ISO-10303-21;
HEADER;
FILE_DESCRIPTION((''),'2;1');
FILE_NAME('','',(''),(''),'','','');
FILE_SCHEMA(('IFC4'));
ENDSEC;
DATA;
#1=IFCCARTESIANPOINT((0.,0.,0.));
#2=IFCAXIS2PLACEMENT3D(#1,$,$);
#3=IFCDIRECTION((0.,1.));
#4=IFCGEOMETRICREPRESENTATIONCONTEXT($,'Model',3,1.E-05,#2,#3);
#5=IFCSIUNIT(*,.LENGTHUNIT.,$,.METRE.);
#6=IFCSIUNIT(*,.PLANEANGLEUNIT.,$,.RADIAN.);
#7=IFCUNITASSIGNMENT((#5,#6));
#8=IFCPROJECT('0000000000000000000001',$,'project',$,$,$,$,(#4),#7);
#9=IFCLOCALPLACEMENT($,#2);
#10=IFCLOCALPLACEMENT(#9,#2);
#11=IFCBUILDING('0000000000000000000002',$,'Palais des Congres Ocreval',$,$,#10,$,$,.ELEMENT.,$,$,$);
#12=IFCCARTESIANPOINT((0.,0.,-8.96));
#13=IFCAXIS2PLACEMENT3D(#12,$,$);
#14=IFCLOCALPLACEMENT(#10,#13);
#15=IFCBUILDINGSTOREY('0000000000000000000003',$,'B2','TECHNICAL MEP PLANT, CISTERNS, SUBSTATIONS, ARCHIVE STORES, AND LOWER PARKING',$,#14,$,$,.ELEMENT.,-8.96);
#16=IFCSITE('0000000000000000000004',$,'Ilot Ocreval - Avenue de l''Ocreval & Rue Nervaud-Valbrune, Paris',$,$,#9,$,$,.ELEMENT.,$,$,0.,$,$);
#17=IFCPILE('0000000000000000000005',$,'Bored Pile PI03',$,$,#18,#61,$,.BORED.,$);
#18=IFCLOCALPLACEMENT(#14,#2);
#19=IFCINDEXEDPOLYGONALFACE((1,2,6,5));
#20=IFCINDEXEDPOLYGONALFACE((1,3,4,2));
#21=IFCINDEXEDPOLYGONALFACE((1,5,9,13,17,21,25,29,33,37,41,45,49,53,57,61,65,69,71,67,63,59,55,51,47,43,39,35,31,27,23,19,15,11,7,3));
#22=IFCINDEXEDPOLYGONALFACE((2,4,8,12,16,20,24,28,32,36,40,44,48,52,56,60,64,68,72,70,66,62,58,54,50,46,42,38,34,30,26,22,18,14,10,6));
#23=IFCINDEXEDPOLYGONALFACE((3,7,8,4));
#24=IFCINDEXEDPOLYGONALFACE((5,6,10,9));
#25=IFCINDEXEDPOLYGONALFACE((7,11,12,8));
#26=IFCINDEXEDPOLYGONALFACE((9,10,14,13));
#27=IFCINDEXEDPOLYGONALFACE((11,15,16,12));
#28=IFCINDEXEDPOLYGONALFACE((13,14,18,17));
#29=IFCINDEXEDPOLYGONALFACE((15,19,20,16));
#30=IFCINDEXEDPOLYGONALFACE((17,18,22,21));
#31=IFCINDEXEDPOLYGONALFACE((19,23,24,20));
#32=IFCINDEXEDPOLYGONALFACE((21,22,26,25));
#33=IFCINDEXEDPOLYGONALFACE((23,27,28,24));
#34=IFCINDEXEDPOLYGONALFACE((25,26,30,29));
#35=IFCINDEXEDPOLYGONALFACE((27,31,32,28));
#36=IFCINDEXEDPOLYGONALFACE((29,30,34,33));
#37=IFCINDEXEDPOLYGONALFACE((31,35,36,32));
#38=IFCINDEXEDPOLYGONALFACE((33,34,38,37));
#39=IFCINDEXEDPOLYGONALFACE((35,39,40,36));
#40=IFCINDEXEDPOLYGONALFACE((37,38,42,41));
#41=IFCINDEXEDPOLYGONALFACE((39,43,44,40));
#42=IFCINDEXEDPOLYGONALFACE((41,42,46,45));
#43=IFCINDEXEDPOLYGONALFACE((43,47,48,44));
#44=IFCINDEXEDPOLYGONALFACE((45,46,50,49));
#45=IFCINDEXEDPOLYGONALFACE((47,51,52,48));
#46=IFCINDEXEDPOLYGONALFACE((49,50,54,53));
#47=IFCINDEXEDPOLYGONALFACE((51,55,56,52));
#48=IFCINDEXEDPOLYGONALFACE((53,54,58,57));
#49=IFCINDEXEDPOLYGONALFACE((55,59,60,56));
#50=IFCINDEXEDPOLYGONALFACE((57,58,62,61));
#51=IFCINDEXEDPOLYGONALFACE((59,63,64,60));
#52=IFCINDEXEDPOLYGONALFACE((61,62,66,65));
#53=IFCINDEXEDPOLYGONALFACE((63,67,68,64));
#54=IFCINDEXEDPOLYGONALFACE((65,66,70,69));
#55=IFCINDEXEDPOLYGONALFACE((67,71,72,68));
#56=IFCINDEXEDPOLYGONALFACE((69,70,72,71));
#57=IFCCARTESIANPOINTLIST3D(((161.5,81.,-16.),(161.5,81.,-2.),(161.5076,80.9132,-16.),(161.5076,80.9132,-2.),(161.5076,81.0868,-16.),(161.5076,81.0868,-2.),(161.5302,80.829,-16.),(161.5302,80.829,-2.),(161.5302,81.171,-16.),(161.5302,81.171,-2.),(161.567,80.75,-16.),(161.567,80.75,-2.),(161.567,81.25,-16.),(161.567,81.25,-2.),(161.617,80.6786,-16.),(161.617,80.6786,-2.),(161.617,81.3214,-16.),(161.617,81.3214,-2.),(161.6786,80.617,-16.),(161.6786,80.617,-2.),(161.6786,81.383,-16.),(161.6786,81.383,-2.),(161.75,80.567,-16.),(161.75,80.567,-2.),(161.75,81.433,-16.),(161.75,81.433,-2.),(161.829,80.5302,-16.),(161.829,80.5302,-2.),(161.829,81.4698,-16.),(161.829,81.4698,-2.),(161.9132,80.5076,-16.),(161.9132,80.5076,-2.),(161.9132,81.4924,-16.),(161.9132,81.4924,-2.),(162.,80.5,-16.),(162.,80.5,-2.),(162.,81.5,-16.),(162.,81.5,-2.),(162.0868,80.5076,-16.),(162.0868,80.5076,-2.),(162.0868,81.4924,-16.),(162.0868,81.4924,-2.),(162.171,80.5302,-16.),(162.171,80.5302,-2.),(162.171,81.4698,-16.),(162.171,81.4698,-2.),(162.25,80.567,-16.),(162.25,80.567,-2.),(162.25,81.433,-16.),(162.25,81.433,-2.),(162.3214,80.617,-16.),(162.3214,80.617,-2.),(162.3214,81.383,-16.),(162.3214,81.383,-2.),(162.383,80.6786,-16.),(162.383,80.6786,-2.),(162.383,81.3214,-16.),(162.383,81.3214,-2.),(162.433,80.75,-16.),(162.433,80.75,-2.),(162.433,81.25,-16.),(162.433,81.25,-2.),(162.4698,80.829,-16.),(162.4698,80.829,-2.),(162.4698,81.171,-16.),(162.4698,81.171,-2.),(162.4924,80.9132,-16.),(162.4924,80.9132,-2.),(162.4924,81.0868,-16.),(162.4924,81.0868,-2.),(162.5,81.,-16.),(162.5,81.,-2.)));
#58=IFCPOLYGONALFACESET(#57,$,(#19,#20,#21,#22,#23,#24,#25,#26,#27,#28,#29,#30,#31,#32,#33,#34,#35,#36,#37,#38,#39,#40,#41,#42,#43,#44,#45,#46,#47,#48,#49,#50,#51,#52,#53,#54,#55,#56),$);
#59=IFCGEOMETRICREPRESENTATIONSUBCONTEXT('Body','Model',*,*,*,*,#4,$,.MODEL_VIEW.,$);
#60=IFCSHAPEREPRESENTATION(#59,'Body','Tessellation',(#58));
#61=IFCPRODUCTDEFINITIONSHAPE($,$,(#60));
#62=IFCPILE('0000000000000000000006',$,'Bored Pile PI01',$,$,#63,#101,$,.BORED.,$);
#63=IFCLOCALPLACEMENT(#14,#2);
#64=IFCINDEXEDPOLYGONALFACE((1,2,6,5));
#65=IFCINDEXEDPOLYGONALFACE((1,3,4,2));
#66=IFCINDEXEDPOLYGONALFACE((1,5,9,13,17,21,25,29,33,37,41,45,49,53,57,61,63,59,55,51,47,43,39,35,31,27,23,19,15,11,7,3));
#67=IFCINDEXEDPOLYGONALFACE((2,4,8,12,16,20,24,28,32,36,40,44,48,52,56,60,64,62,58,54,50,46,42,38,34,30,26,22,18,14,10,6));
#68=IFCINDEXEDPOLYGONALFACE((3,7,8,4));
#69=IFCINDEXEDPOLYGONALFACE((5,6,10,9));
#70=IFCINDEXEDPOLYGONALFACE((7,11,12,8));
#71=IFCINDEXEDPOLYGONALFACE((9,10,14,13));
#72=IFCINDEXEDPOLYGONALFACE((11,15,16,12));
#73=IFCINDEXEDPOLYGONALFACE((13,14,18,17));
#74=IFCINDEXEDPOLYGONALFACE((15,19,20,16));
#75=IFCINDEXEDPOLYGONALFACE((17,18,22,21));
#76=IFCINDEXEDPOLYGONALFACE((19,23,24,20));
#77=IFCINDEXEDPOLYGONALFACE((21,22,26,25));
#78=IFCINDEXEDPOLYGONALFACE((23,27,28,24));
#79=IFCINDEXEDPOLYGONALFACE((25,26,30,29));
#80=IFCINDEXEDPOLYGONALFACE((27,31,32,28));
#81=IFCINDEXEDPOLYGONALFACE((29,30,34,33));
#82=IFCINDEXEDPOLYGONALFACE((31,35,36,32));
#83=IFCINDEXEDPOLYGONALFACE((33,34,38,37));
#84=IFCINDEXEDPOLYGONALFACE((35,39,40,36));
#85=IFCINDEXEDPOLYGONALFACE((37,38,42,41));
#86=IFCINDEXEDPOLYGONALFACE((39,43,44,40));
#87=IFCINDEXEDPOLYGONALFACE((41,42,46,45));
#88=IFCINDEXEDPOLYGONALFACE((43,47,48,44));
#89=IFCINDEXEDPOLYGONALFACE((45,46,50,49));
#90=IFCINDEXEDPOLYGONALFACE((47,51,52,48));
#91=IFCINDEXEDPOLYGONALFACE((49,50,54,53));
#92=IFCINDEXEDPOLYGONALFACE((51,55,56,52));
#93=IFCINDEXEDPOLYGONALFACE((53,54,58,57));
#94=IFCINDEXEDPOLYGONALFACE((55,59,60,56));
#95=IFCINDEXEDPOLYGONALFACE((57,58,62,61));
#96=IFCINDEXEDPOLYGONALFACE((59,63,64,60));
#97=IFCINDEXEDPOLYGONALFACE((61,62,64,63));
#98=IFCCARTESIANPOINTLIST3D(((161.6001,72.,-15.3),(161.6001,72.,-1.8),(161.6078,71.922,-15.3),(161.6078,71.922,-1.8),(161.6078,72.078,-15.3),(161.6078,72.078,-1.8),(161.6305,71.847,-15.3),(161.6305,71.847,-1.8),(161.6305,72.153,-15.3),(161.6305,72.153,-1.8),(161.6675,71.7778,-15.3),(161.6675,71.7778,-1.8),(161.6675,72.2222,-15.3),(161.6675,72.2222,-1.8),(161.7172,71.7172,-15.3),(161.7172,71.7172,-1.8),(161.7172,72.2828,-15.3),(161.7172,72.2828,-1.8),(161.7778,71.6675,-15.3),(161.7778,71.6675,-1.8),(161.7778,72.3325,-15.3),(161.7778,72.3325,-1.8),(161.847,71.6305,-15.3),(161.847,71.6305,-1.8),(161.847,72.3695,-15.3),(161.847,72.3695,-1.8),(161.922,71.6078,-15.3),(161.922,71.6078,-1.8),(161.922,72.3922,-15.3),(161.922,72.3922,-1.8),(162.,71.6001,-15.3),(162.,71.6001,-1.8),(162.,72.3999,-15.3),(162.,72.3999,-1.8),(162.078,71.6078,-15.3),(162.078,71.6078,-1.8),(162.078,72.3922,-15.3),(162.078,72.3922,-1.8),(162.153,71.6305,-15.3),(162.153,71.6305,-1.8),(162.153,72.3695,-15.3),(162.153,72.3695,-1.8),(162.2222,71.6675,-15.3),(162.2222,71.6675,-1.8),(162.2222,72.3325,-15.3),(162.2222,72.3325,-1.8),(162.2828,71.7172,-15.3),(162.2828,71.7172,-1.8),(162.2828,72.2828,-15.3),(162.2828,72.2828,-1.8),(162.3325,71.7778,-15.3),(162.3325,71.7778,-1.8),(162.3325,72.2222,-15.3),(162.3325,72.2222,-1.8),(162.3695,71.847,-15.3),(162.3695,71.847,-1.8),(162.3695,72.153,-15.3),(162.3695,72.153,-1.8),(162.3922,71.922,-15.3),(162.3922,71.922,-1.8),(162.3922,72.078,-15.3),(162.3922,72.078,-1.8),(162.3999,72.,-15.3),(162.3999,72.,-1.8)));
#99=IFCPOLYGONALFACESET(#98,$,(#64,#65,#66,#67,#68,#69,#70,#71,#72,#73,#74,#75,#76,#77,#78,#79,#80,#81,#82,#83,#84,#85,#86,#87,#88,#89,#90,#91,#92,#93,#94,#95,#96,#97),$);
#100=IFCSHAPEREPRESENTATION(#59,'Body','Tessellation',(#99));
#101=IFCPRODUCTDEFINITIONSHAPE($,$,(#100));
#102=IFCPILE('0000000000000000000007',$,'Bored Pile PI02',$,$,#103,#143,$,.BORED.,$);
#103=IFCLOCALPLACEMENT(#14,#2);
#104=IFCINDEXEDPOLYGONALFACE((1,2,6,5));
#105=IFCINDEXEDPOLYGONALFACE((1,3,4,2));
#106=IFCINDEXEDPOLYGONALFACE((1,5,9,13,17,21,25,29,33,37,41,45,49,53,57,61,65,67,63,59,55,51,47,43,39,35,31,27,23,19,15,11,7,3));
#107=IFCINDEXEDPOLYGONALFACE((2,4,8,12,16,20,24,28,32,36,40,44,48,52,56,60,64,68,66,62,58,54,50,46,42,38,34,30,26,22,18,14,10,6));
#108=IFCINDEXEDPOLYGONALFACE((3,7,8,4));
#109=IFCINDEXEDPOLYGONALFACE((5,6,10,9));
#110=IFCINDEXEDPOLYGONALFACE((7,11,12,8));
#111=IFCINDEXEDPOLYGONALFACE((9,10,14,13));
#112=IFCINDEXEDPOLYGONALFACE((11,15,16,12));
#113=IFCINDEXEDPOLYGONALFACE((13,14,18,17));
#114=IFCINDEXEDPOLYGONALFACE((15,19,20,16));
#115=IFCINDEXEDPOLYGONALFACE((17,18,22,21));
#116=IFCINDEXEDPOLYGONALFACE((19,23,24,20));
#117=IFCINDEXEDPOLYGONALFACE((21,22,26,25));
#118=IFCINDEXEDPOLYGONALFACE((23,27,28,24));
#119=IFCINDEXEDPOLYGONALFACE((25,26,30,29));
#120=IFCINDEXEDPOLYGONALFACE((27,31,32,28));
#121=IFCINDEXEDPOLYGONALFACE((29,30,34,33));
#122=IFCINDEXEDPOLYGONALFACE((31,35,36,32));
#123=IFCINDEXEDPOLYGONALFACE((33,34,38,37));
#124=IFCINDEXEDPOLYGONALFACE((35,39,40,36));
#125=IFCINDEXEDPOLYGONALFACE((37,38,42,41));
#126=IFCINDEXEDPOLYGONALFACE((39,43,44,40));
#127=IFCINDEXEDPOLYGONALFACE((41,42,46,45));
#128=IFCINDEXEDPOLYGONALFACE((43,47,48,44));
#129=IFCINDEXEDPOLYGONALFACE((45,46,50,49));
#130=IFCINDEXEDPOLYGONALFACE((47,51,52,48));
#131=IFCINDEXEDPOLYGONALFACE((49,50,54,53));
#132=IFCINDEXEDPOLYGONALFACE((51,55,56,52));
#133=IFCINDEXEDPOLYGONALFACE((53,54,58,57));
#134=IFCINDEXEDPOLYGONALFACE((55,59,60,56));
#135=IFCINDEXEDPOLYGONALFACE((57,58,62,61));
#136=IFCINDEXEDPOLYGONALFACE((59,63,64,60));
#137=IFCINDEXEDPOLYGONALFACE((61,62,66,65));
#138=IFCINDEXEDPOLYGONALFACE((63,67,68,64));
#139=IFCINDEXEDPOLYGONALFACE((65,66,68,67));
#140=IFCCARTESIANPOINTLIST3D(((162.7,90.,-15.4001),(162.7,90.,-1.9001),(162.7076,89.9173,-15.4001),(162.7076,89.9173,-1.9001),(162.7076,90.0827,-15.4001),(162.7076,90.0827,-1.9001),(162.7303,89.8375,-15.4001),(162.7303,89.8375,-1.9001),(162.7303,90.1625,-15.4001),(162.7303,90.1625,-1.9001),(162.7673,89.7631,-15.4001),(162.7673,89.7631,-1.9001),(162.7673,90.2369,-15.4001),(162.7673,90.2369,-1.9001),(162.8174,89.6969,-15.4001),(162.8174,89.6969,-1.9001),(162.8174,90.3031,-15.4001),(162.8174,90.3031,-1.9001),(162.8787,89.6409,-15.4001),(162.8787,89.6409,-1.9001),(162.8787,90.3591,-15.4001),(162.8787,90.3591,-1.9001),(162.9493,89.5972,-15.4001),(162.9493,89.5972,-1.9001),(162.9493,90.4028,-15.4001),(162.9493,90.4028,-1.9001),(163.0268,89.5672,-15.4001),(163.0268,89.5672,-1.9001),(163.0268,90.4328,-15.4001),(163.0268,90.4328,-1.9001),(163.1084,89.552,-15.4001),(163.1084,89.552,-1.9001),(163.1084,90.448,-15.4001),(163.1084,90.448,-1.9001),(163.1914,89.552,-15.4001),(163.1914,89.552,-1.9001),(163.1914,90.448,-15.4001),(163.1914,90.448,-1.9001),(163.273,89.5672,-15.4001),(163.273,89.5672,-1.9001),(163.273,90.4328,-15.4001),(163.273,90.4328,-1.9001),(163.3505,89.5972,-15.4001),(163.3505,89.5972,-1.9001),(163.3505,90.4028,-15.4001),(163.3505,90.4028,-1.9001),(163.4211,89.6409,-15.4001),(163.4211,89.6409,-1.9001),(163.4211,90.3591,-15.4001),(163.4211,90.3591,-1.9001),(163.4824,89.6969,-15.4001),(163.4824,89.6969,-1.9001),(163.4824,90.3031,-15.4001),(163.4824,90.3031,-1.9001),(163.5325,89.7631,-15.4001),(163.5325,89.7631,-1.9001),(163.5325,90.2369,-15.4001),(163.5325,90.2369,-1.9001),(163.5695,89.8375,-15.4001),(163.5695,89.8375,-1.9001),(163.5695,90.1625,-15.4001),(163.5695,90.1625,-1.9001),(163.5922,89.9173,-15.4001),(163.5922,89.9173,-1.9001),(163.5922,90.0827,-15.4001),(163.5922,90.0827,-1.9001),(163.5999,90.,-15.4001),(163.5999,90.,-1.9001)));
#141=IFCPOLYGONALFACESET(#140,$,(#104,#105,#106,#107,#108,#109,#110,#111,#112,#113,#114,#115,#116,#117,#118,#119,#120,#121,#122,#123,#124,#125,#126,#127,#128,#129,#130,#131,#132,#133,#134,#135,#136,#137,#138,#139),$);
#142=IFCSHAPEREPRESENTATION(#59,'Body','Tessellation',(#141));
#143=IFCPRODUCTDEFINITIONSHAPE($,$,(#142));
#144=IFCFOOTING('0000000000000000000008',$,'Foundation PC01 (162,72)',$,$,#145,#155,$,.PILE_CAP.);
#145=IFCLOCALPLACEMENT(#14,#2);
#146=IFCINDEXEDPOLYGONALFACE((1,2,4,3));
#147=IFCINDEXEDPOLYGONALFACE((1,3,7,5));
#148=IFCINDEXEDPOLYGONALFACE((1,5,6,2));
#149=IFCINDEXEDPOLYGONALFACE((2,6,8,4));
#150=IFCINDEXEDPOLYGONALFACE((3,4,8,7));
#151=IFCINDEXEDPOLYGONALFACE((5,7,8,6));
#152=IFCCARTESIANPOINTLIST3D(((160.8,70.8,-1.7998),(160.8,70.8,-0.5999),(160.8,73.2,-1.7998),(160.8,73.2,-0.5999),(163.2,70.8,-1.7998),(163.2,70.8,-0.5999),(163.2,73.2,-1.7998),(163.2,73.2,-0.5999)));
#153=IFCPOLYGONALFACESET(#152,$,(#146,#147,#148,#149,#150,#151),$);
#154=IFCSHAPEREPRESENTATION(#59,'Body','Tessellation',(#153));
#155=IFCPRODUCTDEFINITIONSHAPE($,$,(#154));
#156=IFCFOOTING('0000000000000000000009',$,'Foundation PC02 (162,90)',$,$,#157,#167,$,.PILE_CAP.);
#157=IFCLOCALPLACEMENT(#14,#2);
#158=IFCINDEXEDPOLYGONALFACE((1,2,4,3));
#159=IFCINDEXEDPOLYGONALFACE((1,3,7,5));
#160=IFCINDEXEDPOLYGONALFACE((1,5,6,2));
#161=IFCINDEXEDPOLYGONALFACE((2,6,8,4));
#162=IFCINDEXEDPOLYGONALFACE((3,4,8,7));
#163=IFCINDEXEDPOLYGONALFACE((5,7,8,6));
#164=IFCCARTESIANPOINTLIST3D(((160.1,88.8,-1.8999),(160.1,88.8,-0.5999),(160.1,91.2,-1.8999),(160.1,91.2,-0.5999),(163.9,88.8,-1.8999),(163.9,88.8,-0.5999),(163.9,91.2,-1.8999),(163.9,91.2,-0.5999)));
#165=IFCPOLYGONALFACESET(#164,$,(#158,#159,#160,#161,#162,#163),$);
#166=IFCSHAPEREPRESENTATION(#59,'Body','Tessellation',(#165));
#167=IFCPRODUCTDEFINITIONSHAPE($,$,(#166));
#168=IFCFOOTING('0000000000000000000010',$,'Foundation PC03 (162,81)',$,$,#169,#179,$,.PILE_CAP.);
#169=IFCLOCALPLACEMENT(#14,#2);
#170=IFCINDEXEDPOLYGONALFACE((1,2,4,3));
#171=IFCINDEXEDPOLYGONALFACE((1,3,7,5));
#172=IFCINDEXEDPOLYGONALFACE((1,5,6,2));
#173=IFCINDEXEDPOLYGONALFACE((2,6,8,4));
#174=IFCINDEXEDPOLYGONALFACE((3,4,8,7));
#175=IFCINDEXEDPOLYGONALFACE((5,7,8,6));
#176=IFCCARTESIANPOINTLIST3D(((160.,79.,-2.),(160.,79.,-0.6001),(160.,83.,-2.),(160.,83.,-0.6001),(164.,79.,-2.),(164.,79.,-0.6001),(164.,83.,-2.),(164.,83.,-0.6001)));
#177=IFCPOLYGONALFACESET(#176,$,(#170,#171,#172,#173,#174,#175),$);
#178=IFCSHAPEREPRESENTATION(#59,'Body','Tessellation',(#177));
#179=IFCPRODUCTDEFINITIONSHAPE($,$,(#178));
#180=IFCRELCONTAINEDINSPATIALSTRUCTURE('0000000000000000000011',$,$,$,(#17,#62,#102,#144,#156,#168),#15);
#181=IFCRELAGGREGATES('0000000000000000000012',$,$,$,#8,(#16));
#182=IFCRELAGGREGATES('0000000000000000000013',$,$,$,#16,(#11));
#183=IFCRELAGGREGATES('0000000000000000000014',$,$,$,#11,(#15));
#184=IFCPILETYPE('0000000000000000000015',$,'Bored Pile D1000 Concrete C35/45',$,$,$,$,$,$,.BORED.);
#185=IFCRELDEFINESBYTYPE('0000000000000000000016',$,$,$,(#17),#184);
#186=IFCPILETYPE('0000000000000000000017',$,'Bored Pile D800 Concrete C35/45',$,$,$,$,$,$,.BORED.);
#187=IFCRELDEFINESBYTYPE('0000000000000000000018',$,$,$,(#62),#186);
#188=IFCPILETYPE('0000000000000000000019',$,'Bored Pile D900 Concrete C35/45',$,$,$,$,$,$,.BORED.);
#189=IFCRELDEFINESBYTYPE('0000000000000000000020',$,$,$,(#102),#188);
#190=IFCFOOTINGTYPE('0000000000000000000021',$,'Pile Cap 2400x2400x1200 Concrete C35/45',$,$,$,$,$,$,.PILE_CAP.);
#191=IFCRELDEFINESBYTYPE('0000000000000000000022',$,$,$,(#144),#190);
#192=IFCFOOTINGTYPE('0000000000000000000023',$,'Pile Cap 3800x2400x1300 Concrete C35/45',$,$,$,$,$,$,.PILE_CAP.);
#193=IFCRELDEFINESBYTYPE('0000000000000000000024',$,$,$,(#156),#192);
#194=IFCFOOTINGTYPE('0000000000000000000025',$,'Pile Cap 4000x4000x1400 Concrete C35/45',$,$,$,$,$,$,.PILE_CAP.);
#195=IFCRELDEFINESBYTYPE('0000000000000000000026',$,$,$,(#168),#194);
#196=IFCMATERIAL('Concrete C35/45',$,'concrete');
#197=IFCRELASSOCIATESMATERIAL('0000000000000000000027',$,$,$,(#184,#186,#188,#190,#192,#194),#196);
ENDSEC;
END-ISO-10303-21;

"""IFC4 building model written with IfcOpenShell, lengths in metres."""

from ifc_helpers import new_model, si_unit, direction, frame, origin, origin_2d, place, context, subcontext, project, spatial, rectangle, circle, extrude, material, material_profile, profile_set, type_object, element, save


model = new_model("IFC4")

# Units and contexts
model_context = context("Model", 3, precision=1e-05, world=origin(), true_north=direction((0.0, 1.0)))
body_context = subcontext(model_context, "Body", "Model", "MODEL_VIEW")
ifc_project = project(units=[si_unit("LENGTHUNIT", "METRE"), si_unit("PLANEANGLEUNIT", "RADIAN")], contexts=[model_context])

# Site, building, storey
site_placement = place(None, origin())
site = spatial("IfcSite", under=ifc_project, at=site_placement, Name="Ilot Ocreval - Avenue de l'Ocreval & Rue Nervaud-Valbrune, Paris", CompositionType="ELEMENT", RefElevation=0.0)
building_placement = place(site_placement, origin())
building = spatial("IfcBuilding", under=site, at=building_placement, Name="Palais des Congres Ocreval", CompositionType="ELEMENT")
storey_placement = place(building_placement, frame((0.0, 0.0, -8.96)))
storey = spatial("IfcBuildingStorey", under=building, at=storey_placement, Name="B2", Description="TECHNICAL MEP PLANT, CISTERNS, SUBSTATIONS, ARCHIVE STORES, AND LOWER PARKING", CompositionType="ELEMENT", Elevation=-8.96)

# Piles
ifc_material_1 = material(Name="Concrete C35/45", Category="concrete")
ifc_material_profile_1 = material_profile(ifc_material_1, circle(Radius=0.5, at=origin_2d()), Name="BORED PILE 1000")
ifc_profile_set_1 = profile_set([ifc_material_profile_1], Name="Concrete C35/45")
pile_type_1 = type_object("IfcPileType", Name="Bored Pile D1000 Concrete C35/45", PredefinedType="BORED", material=ifc_profile_set_1)
pile_1_placement = place(storey_placement, frame((162.0, 81.0, -2.0), z_axis=(0.0, 0.0, -1.0), x_axis=(1.0, 0.0, 0.0)))
element("IfcPile", 1, at=pile_1_placement, inside=storey, type_object=pile_type_1, Name="Bored Pile PI03", PredefinedType="BORED", context=body_context, shape_type="SweptSolid", body=[
    extrude(circle(Radius=0.5, at=origin_2d()), origin(), (0.0, 0.0, 1.0), 14.0),
])
ifc_material_profile_2 = material_profile(ifc_material_1, circle(Radius=0.3999, at=origin_2d()), Name="BORED PILE 800")
ifc_profile_set_2 = profile_set([ifc_material_profile_2], Name="Concrete C35/45")
pile_type_2 = type_object("IfcPileType", Name="Bored Pile D800 Concrete C35/45", PredefinedType="BORED", material=ifc_profile_set_2)
pile_2_placement = place(storey_placement, frame((162.0, 72.0, -1.8), z_axis=(0.0, 0.0, -1.0), x_axis=(1.0, 0.0, 0.0)))
element("IfcPile", 2, at=pile_2_placement, inside=storey, type_object=pile_type_2, Name="Bored Pile PI01", PredefinedType="BORED", context=body_context, shape_type="SweptSolid", body=[
    extrude(circle(Radius=0.3999, at=origin_2d()), origin(), (0.0, 0.0, 1.0), 13.5),
])
ifc_material_profile_3 = material_profile(ifc_material_1, circle(Radius=0.45, at=origin_2d()), Name="BORED PILE 900")
ifc_profile_set_3 = profile_set([ifc_material_profile_3], Name="Concrete C35/45")
pile_type_3 = type_object("IfcPileType", Name="Bored Pile D900 Concrete C35/45", PredefinedType="BORED", material=ifc_profile_set_3)
pile_3_placement = place(storey_placement, frame((163.1499, 90.0, -1.9001), z_axis=(0.0, 0.0, -1.0), x_axis=(1.0, 0.0, 0.0)))
element("IfcPile", 3, at=pile_3_placement, inside=storey, type_object=pile_type_3, Name="Bored Pile PI02", PredefinedType="BORED", context=body_context, shape_type="SweptSolid", body=[
    extrude(circle(Radius=0.45, at=origin_2d()), origin(), (0.0, 0.0, 1.0), 13.5),
])

# Footings
footing_type_1 = type_object("IfcFootingType", Name="Pile Cap 2400x2400x1200 Concrete C35/45", PredefinedType="PILE_CAP", material=ifc_material_1)
footing_1_placement = place(storey_placement, frame((162.0, 72.0, -1.7998), z_axis=(0.0, 0.0, 1.0), x_axis=(1.0, 0.0, 0.0)))
element("IfcFooting", 4, at=footing_1_placement, inside=storey, type_object=footing_type_1, Name="Foundation PC01 (162,72)", PredefinedType="PILE_CAP", context=body_context, shape_type="SweptSolid", body=[
    extrude(rectangle(XDim=2.3999, YDim=2.3999, at=origin_2d()), origin(), (0.0, 0.0, 1.0), 1.2),
])
footing_type_2 = type_object("IfcFootingType", Name="Pile Cap 3800x2400x1300 Concrete C35/45", PredefinedType="PILE_CAP", material=ifc_material_1)
footing_2_placement = place(storey_placement, frame((162.0, 90.0, -1.8999), z_axis=(0.0, 0.0, 1.0), x_axis=(1.0, 0.0, 0.0)))
element("IfcFooting", 5, at=footing_2_placement, inside=storey, type_object=footing_type_2, Name="Foundation PC02 (162,90)", PredefinedType="PILE_CAP", context=body_context, shape_type="SweptSolid", body=[
    extrude(rectangle(XDim=3.8, YDim=2.3999, at=origin_2d()), origin(), (0.0, 0.0, 1.0), 1.3),
])
footing_type_3 = type_object("IfcFootingType", Name="Pile Cap 4000x4000x1400 Concrete C35/45", PredefinedType="PILE_CAP", material=ifc_material_1)
footing_3_placement = place(storey_placement, frame((162.0, 81.0, -2.0), z_axis=(0.0, 0.0, 1.0), x_axis=(1.0, 0.0, 0.0)))
element("IfcFooting", 6, at=footing_3_placement, inside=storey, type_object=footing_type_3, Name="Foundation PC03 (162,81)", PredefinedType="PILE_CAP", context=body_context, shape_type="SweptSolid", body=[
    extrude(rectangle(XDim=4.0, YDim=4.0, at=origin_2d()), origin(), (0.0, 0.0, 1.0), 1.3999),
])

save(model, "model.ifc")
